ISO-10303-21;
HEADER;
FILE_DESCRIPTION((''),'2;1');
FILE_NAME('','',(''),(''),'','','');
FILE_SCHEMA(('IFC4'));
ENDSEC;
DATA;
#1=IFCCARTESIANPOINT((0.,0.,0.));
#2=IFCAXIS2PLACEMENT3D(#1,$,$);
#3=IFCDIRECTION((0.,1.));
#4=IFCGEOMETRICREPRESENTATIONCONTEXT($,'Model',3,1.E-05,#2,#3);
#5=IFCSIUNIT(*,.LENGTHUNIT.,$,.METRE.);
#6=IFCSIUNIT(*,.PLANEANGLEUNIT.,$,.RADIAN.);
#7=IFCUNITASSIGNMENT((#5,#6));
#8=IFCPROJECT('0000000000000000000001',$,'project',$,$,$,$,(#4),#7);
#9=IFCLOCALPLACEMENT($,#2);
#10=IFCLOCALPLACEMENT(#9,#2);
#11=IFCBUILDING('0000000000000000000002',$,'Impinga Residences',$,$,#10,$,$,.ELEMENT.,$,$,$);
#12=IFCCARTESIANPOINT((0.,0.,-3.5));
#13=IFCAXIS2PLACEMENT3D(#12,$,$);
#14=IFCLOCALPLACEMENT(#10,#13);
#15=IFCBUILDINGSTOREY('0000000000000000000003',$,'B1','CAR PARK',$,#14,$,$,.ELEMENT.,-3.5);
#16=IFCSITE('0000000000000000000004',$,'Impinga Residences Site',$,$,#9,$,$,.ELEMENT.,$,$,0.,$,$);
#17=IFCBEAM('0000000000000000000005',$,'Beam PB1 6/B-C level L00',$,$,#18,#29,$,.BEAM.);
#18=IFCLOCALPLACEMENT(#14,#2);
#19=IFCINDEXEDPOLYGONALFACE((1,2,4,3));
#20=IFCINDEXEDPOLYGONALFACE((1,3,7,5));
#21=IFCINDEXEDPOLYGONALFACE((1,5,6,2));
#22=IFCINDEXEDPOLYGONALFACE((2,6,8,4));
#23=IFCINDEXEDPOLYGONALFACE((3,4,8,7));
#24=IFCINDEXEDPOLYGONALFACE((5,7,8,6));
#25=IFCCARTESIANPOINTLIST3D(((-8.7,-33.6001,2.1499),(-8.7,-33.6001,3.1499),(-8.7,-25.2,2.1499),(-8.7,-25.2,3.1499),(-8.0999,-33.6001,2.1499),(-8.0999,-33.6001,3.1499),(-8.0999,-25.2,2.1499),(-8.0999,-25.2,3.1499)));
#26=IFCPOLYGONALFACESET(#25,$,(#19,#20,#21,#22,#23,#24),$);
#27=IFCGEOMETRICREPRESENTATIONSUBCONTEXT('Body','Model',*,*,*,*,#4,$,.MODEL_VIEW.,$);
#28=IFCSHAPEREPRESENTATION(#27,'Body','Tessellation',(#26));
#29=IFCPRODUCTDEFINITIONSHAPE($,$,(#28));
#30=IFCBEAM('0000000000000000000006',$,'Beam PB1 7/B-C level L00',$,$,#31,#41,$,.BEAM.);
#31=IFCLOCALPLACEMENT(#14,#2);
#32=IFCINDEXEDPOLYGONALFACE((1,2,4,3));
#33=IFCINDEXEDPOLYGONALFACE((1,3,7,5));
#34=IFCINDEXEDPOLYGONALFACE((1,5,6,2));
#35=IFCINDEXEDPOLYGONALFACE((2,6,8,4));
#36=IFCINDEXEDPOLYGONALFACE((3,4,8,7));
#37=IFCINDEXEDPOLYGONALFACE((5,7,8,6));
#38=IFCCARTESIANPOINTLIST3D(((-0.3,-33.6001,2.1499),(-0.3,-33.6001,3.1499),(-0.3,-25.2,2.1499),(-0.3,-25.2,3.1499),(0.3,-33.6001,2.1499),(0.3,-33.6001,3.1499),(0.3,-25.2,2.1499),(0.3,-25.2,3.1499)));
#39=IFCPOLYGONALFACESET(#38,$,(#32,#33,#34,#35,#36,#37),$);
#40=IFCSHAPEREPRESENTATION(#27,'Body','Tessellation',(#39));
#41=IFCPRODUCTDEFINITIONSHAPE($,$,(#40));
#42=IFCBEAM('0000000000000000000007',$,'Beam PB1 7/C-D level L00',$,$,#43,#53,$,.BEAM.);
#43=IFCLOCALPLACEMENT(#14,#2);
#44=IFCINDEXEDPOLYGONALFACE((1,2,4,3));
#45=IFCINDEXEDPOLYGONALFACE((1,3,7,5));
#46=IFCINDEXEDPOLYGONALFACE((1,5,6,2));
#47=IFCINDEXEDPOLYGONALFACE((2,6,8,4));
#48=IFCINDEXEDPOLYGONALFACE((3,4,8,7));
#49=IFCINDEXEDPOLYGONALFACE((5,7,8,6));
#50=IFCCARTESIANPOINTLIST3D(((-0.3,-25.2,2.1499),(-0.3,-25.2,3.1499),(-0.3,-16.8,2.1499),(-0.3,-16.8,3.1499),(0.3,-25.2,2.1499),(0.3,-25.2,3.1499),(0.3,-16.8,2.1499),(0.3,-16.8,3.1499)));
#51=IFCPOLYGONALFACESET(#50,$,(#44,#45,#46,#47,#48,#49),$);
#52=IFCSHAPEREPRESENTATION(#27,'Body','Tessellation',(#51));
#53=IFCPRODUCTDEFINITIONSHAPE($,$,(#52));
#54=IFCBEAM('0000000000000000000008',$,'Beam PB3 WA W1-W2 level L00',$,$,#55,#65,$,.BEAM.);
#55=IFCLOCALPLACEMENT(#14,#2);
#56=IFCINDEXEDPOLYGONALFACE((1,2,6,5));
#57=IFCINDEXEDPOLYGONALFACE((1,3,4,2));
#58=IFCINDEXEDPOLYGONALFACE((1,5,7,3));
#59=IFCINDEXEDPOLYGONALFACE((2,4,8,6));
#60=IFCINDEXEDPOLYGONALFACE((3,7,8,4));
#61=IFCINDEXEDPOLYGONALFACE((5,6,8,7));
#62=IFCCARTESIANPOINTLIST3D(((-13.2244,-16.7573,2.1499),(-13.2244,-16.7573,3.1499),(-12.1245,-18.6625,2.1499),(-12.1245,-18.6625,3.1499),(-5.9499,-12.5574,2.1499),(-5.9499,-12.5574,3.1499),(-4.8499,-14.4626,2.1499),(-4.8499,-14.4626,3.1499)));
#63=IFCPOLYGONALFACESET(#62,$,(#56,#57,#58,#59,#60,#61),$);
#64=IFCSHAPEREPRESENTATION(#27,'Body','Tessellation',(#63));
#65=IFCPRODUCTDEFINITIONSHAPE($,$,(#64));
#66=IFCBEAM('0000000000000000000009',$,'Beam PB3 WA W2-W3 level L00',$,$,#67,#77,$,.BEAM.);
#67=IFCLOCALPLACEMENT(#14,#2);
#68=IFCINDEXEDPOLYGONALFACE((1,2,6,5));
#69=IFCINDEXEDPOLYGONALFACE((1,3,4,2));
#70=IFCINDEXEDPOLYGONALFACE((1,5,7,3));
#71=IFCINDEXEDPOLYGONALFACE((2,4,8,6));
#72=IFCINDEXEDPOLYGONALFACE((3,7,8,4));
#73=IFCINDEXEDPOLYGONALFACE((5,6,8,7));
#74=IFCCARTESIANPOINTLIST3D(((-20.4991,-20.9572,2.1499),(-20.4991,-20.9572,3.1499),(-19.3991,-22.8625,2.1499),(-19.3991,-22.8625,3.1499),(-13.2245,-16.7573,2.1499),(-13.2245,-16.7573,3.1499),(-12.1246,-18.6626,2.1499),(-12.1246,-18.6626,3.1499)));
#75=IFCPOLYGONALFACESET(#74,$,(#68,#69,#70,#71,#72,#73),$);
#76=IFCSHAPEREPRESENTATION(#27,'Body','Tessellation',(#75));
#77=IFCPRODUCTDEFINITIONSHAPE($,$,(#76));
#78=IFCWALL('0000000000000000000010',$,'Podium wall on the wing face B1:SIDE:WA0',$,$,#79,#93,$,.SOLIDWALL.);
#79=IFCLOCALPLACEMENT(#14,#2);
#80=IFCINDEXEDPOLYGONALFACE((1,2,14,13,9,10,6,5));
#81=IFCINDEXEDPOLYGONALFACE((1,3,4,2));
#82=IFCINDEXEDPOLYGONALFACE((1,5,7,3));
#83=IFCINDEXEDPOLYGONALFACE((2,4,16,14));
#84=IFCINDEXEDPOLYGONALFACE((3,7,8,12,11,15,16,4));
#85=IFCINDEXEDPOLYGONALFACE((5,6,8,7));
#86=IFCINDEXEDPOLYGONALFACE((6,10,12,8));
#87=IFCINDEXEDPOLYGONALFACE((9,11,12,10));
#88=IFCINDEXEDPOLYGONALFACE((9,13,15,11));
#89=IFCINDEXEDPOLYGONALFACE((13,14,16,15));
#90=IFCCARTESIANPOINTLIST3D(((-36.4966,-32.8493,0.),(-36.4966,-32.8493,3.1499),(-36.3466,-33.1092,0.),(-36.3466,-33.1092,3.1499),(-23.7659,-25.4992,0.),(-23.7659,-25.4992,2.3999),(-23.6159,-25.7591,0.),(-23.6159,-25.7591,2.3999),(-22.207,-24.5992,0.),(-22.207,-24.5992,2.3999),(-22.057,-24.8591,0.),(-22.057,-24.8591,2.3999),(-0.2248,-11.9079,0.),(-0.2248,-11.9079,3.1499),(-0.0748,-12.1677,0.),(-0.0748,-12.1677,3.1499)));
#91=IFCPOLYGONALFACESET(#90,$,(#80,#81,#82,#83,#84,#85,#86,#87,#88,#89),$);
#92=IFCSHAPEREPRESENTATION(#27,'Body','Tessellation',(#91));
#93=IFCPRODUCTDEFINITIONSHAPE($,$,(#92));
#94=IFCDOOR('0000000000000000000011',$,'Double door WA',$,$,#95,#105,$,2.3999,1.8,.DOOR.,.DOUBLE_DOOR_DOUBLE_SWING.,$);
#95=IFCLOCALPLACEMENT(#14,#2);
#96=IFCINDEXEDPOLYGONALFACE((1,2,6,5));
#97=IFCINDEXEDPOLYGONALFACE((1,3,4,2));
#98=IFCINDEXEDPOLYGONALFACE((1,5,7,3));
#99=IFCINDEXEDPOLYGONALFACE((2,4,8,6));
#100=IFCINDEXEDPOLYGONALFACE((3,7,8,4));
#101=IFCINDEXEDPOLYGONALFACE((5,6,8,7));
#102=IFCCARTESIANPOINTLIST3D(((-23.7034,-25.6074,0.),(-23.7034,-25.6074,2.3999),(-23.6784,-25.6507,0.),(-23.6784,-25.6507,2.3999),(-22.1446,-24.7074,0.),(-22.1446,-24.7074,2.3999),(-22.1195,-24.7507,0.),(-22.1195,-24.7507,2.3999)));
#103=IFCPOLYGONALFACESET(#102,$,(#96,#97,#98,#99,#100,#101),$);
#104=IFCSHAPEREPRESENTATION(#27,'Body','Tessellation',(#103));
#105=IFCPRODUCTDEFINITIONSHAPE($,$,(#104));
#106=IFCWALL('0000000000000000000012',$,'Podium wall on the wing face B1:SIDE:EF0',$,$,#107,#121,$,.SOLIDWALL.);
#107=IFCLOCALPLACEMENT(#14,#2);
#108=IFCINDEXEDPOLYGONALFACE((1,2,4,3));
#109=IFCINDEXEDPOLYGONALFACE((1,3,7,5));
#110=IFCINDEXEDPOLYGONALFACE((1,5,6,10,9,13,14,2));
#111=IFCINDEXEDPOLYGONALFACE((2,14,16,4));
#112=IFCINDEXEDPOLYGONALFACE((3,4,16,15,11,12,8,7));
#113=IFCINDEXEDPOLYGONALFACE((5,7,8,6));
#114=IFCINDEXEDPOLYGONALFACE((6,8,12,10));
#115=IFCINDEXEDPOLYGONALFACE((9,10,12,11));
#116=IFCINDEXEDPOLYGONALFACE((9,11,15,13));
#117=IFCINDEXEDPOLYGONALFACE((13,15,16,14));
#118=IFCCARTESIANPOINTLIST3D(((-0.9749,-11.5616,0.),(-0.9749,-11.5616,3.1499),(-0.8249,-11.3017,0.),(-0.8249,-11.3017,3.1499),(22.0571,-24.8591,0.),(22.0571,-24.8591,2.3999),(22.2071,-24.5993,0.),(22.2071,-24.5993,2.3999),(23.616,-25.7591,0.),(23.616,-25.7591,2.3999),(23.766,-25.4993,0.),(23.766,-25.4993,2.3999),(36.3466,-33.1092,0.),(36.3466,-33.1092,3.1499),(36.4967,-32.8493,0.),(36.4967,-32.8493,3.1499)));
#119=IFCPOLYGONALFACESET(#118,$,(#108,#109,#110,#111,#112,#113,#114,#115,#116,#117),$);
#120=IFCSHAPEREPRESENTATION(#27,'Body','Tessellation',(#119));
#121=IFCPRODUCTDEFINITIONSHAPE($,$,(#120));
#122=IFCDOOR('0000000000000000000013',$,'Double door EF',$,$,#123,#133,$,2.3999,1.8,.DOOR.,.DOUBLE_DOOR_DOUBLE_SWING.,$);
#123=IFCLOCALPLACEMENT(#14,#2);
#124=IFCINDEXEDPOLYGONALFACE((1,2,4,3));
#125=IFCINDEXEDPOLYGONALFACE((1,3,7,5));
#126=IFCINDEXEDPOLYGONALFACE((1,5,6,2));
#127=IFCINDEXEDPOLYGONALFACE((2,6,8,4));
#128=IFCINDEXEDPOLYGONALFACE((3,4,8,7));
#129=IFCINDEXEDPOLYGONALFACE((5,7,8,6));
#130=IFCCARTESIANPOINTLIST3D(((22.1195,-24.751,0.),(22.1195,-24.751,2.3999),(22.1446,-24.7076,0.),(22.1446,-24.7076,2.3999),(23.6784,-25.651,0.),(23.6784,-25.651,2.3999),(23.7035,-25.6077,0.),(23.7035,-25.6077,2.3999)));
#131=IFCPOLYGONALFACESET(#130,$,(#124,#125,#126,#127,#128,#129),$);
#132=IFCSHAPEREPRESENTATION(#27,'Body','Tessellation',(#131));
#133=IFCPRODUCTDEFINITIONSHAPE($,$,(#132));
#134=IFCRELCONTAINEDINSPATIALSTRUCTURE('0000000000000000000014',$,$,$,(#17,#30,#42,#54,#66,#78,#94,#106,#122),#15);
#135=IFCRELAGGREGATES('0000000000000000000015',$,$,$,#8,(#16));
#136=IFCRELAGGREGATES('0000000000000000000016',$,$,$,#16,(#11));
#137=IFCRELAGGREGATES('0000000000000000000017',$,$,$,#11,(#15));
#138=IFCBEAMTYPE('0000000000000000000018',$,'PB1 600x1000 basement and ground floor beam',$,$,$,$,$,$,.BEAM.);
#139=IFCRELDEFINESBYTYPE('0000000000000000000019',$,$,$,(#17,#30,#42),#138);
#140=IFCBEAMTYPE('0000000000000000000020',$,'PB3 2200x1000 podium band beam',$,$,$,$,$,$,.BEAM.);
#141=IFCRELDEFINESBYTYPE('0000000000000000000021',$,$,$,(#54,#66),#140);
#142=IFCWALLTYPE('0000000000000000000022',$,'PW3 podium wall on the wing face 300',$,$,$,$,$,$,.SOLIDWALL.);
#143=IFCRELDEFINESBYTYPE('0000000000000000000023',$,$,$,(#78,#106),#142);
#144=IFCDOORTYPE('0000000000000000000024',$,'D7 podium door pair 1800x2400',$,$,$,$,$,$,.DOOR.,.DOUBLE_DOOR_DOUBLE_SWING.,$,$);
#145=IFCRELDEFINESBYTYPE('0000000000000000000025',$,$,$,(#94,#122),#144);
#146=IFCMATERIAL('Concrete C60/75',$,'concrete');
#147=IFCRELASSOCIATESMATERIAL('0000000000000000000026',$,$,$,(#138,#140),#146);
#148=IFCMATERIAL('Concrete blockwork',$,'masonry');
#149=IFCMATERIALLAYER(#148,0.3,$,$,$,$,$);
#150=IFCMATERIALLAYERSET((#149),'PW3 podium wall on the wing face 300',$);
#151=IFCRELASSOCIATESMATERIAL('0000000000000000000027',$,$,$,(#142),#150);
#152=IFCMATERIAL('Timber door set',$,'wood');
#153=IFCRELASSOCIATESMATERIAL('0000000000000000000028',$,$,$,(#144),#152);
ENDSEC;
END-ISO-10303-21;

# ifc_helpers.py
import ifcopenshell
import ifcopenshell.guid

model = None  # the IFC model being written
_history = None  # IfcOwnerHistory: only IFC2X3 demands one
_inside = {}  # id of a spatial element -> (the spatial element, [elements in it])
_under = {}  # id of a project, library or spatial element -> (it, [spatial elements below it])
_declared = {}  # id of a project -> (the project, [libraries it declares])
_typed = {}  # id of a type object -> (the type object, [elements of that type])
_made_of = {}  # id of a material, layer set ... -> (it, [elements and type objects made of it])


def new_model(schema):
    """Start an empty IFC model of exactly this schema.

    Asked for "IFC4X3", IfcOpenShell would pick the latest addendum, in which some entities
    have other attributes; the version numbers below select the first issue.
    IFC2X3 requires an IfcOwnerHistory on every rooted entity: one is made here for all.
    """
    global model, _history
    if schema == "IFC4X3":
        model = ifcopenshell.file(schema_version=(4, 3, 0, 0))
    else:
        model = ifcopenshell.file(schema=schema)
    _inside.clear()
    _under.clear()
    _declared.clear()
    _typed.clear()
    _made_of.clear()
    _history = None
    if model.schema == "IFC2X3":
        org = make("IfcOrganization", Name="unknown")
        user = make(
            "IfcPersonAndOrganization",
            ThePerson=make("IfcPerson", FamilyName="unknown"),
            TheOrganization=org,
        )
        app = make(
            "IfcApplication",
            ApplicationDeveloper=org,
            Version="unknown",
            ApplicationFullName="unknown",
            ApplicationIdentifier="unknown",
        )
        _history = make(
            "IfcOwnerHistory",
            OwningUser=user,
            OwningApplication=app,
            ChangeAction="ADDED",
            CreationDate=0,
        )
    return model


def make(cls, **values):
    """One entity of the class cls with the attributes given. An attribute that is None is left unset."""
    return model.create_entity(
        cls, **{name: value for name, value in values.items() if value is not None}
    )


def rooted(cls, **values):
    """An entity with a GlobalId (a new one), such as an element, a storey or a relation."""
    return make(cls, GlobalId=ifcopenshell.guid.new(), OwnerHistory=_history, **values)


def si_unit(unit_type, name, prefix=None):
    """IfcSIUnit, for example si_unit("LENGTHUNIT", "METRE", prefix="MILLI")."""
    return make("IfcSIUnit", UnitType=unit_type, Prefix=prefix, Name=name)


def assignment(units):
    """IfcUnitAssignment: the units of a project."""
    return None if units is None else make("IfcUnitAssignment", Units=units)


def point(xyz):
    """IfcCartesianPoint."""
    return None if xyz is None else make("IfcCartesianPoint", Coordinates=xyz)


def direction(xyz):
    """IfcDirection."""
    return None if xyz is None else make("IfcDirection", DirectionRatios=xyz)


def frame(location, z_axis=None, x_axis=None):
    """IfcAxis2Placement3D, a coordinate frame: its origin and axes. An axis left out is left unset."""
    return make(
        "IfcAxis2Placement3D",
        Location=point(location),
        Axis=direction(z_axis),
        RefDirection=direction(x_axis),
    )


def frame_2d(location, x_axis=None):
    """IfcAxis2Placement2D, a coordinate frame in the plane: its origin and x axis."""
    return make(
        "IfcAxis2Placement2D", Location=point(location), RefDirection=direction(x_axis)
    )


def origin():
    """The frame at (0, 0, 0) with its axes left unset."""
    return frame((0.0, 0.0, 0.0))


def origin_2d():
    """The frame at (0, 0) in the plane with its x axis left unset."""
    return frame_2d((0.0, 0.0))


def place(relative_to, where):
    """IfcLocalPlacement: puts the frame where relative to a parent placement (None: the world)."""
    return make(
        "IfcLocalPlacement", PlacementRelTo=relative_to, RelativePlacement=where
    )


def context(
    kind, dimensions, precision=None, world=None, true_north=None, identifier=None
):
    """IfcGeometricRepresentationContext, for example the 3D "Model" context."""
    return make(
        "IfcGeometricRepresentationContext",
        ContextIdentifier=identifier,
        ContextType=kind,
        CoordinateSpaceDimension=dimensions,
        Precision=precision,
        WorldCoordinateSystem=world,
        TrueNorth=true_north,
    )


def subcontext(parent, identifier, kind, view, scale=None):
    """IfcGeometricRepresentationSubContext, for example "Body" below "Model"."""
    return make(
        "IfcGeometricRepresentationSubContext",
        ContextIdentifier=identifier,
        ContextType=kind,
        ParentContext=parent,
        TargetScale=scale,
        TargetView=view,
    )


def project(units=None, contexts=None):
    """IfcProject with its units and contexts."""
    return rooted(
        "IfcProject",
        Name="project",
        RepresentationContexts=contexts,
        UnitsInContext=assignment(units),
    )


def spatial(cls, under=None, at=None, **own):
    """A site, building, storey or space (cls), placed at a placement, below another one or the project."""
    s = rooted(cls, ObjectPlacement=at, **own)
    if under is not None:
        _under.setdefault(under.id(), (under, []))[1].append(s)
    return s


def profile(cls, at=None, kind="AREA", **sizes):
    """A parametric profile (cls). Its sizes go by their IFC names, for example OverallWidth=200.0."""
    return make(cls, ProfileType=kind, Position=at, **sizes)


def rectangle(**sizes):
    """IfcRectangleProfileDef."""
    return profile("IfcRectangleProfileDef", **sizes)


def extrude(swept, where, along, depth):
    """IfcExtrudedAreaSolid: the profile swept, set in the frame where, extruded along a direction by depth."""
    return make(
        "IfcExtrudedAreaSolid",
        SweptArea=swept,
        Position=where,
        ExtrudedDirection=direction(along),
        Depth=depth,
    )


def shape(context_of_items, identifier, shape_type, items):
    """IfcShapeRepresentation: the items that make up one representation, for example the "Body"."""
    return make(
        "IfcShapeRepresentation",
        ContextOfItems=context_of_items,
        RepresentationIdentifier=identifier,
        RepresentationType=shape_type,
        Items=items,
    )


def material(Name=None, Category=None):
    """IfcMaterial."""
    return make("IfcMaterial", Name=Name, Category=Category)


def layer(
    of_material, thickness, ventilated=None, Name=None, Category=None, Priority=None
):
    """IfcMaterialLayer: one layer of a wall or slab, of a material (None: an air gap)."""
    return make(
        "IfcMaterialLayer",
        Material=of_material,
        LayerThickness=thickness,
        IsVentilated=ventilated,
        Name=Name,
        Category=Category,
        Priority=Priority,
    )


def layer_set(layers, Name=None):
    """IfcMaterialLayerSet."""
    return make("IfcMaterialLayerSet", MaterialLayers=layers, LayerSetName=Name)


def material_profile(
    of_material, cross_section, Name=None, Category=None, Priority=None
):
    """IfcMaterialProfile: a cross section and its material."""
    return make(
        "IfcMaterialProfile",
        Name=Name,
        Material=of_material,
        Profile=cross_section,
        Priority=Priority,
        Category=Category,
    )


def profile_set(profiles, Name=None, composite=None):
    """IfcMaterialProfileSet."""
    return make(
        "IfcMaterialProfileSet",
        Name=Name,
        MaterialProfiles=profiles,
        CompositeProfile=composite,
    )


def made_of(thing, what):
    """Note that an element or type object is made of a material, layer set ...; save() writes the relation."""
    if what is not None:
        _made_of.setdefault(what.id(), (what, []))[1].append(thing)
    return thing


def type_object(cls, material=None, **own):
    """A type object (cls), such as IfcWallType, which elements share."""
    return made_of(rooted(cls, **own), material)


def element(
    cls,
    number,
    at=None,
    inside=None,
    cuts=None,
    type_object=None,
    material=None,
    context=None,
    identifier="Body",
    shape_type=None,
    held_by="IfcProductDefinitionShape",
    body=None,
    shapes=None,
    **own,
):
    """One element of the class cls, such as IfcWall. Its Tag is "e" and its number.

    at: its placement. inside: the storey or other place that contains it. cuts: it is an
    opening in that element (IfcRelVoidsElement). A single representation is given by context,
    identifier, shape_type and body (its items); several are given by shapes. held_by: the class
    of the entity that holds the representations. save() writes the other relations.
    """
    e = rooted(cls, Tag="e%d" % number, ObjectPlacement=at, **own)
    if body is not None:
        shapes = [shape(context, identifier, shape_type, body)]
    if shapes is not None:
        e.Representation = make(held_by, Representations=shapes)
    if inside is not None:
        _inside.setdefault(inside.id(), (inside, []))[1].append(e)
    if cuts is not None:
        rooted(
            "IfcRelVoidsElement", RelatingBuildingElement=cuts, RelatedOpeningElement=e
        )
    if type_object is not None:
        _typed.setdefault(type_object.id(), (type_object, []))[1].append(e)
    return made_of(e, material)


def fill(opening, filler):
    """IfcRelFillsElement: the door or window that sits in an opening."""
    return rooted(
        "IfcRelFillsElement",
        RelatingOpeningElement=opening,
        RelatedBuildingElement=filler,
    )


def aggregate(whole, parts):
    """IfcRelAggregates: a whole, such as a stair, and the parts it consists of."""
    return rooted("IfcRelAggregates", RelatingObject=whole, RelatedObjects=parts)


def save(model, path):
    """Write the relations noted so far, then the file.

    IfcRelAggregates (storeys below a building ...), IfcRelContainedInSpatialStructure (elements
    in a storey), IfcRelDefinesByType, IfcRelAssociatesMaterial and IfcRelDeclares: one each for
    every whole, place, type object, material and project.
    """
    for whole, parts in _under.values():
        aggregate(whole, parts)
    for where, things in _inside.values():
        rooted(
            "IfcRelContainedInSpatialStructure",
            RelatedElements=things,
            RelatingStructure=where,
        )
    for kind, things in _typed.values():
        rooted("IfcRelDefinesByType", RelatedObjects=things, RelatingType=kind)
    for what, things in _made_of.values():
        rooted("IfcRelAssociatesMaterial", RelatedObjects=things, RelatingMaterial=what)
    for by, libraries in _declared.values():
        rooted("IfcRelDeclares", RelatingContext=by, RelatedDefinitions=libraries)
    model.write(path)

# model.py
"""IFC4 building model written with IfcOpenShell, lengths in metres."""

from ifc_helpers import new_model, si_unit, direction, frame, frame_2d, origin, origin_2d, place, context, subcontext, project, spatial, rectangle, extrude, material, layer, layer_set, material_profile, profile_set, type_object, element, fill, save


model = new_model("IFC4")

# Units and contexts
model_context = context("Model", 3, precision=1e-05, world=origin(), true_north=direction((0.0, 1.0)))
body_context = subcontext(model_context, "Body", "Model", "MODEL_VIEW")
ifc_project = project(units=[si_unit("LENGTHUNIT", "METRE"), si_unit("PLANEANGLEUNIT", "RADIAN")], contexts=[model_context])

# Site, building, storey
site_placement = place(None, origin())
site = spatial("IfcSite", under=ifc_project, at=site_placement, Name="Impinga Residences Site", CompositionType="ELEMENT", RefElevation=0.0)
building_placement = place(site_placement, origin())
building = spatial("IfcBuilding", under=site, at=building_placement, Name="Impinga Residences", CompositionType="ELEMENT")
storey_placement = place(building_placement, frame((0.0, 0.0, -3.5)))
storey = spatial("IfcBuildingStorey", under=building, at=storey_placement, Name="B1", Description="CAR PARK", CompositionType="ELEMENT", Elevation=-3.5)

# Beams
ifc_material_1 = material(Name="Concrete C60/75", Category="concrete")
ifc_material_profile_1 = material_profile(ifc_material_1, rectangle(XDim=0.6001, YDim=1.0, at=origin_2d()), Name="RC 600x1000")
ifc_profile_set_1 = profile_set([ifc_material_profile_1], Name="Concrete C60/75")
beam_type_1 = type_object("IfcBeamType", Name="PB1 600x1000 basement and ground floor beam", PredefinedType="BEAM", material=ifc_profile_set_1)
for number, where, z_axis, x_axis, name in (
    (1, (-8.3999, -33.6001, 2.6499), (0.0, 1.0, 0.0), (-1.0, 0.0, 0.0), "Beam PB1 6/B-C level L00"),
    (2, (0.0, -33.6001, 2.6499), (0.0, 1.0, 0.0), (-1.0, 0.0, 0.0), "Beam PB1 7/B-C level L00"),
):
    element("IfcBeam", number, at=place(storey_placement, frame(where, z_axis=z_axis, x_axis=x_axis)), inside=storey, type_object=beam_type_1, Name=name, PredefinedType="BEAM", context=body_context, shape_type="SweptSolid", body=[
        extrude(rectangle(XDim=0.6001, YDim=1.0, at=origin_2d()), origin(), (0.0, 0.0, 1.0), 8.4001),
    ])
beam_1_placement = place(storey_placement, frame((0.0, -25.2, 2.6499), z_axis=(0.0, 1.0, 0.0), x_axis=(-1.0, 0.0, 0.0)))
element("IfcBeam", 3, at=beam_1_placement, inside=storey, type_object=beam_type_1, Name="Beam PB1 7/C-D level L00", PredefinedType="BEAM", context=body_context, shape_type="SweptSolid", body=[
    extrude(rectangle(XDim=0.6001, YDim=1.0, at=origin_2d()), origin(), (0.0, 0.0, 1.0), 8.3999),
])
ifc_material_profile_2 = material_profile(ifc_material_1, rectangle(XDim=2.2, YDim=1.0, at=origin_2d()), Name="RC 2200x1000")
ifc_profile_set_2 = profile_set([ifc_material_profile_2], Name="Concrete C60/75")
beam_type_2 = type_object("IfcBeamType", Name="PB3 2200x1000 podium band beam", PredefinedType="BEAM", material=ifc_profile_set_2)
for number, where, z_axis, x_axis, name in (
    (4, (-5.3999, -13.51, 2.6499), (-0.866029, -0.499993, 0.0), (0.499993, -0.866029, 0.0), "Beam PB3 WA W1-W2 level L00"),
    (5, (-12.6746, -17.71, 2.6499), (-0.866029, -0.499993, 0.0), (0.499993, -0.866029, 0.0), "Beam PB3 WA W2-W3 level L00"),
):
    element("IfcBeam", number, at=place(storey_placement, frame(where, z_axis=z_axis, x_axis=x_axis)), inside=storey, type_object=beam_type_2, Name=name, PredefinedType="BEAM", context=body_context, shape_type="SweptSolid", body=[
        extrude(rectangle(XDim=2.2, YDim=1.0, at=origin_2d()), origin(), (0.0, 0.0, 1.0), 8.3999),
    ])

# Walls, openings, doors
ifc_material_2 = material(Name="Concrete blockwork", Category="masonry")
ifc_layer = layer(ifc_material_2, 0.3)
ifc_layer_set = layer_set([ifc_layer], Name="PW3 podium wall on the wing face 300")
wall_type = type_object("IfcWallType", Name="PW3 podium wall on the wing face 300", PredefinedType="SOLIDWALL", material=ifc_layer_set)
wall_1_placement = place(storey_placement, frame((-0.1499, -12.0378, 0.0), z_axis=(0.0, 0.0, 1.0), x_axis=(-0.866026, -0.499998, 0.0)))
wall_1 = element("IfcWall", 6, at=wall_1_placement, inside=storey, type_object=wall_type, Name="Podium wall on the wing face B1:SIDE:WA0", PredefinedType="SOLIDWALL", context=body_context, shape_type="SweptSolid", body=[
    extrude(rectangle(XDim=41.8831, YDim=0.3, at=frame_2d((20.9414, 0.0))), origin(), (0.0, 0.0, 1.0), 3.1499),
])
opening_1_placement = place(wall_1_placement, frame((25.3828, 0.0, 0.0)))
opening_1 = element("IfcOpeningElement", 7, at=opening_1_placement, cuts=wall_1, PredefinedType="OPENING", context=body_context, shape_type="SweptSolid", body=[
    extrude(rectangle(XDim=1.8, YDim=2.3999, at=frame_2d((0.8999, 1.2))), frame((0.0, 0.1599, 0.0), z_axis=(0.0, -1.0, 0.0), x_axis=(1.0, 0.0, 0.0)), (0.0, 0.0, 1.0), 0.3201),
])
ifc_material_3 = material(Name="Timber door set", Category="wood")
door_type = type_object("IfcDoorType", Name="D7 podium door pair 1800x2400", OperationType="DOUBLE_DOOR_DOUBLE_SWING", PredefinedType="DOOR", material=ifc_material_3)
door_1_placement = place(opening_1_placement, origin())
door_1 = element("IfcDoor", 8, at=door_1_placement, inside=storey, type_object=door_type, Name="Double door WA", OperationType="DOUBLE_DOOR_DOUBLE_SWING", OverallHeight=2.3999, OverallWidth=1.8, PredefinedType="DOOR", context=body_context, shape_type="SweptSolid", body=[
    extrude(rectangle(XDim=1.8, YDim=2.3999, at=frame_2d((0.8999, 1.2))), frame((0.0, 0.0249, 0.0), z_axis=(0.0, -1.0, 0.0), x_axis=(1.0, 0.0, 0.0)), (0.0, 0.0, 1.0), 0.05),
])
fill(opening_1, door_1)
wall_2_placement = place(storey_placement, frame((-0.8999, -11.4316, 0.0), z_axis=(0.0, 0.0, 1.0), x_axis=(0.866025, -0.5, 0.0)))
wall_2 = element("IfcWall", 9, at=wall_2_placement, inside=storey, type_object=wall_type, Name="Podium wall on the wing face B1:SIDE:EF0", PredefinedType="SOLIDWALL", context=body_context, shape_type="SweptSolid", body=[
    extrude(rectangle(XDim=43.0952, YDim=0.3, at=frame_2d((21.5476, 0.0))), origin(), (0.0, 0.0, 1.0), 3.1499),
])
opening_2_placement = place(wall_2_placement, frame((26.5952, 0.0, 0.0)))
opening_2 = element("IfcOpeningElement", 10, at=opening_2_placement, cuts=wall_2, PredefinedType="OPENING", context=body_context, shape_type="SweptSolid", body=[
    extrude(rectangle(XDim=1.8, YDim=2.3999, at=frame_2d((0.8999, 1.2))), frame((0.0, 0.1599, 0.0), z_axis=(0.0, -1.0, 0.0), x_axis=(1.0, 0.0, 0.0)), (0.0, 0.0, 1.0), 0.3201),
])
door_2_placement = place(opening_2_placement, origin())
door_2 = element("IfcDoor", 11, at=door_2_placement, inside=storey, type_object=door_type, Name="Double door EF", OperationType="DOUBLE_DOOR_DOUBLE_SWING", OverallHeight=2.3999, OverallWidth=1.8, PredefinedType="DOOR", context=body_context, shape_type="SweptSolid", body=[
    extrude(rectangle(XDim=1.8, YDim=2.3999, at=frame_2d((0.8999, 1.2))), frame((0.0, 0.0249, 0.0), z_axis=(0.0, -1.0, 0.0), x_axis=(1.0, 0.0, 0.0)), (0.0, 0.0, 1.0), 0.05),
])
fill(opening_2, door_2)

save(model, "model.ifc")
